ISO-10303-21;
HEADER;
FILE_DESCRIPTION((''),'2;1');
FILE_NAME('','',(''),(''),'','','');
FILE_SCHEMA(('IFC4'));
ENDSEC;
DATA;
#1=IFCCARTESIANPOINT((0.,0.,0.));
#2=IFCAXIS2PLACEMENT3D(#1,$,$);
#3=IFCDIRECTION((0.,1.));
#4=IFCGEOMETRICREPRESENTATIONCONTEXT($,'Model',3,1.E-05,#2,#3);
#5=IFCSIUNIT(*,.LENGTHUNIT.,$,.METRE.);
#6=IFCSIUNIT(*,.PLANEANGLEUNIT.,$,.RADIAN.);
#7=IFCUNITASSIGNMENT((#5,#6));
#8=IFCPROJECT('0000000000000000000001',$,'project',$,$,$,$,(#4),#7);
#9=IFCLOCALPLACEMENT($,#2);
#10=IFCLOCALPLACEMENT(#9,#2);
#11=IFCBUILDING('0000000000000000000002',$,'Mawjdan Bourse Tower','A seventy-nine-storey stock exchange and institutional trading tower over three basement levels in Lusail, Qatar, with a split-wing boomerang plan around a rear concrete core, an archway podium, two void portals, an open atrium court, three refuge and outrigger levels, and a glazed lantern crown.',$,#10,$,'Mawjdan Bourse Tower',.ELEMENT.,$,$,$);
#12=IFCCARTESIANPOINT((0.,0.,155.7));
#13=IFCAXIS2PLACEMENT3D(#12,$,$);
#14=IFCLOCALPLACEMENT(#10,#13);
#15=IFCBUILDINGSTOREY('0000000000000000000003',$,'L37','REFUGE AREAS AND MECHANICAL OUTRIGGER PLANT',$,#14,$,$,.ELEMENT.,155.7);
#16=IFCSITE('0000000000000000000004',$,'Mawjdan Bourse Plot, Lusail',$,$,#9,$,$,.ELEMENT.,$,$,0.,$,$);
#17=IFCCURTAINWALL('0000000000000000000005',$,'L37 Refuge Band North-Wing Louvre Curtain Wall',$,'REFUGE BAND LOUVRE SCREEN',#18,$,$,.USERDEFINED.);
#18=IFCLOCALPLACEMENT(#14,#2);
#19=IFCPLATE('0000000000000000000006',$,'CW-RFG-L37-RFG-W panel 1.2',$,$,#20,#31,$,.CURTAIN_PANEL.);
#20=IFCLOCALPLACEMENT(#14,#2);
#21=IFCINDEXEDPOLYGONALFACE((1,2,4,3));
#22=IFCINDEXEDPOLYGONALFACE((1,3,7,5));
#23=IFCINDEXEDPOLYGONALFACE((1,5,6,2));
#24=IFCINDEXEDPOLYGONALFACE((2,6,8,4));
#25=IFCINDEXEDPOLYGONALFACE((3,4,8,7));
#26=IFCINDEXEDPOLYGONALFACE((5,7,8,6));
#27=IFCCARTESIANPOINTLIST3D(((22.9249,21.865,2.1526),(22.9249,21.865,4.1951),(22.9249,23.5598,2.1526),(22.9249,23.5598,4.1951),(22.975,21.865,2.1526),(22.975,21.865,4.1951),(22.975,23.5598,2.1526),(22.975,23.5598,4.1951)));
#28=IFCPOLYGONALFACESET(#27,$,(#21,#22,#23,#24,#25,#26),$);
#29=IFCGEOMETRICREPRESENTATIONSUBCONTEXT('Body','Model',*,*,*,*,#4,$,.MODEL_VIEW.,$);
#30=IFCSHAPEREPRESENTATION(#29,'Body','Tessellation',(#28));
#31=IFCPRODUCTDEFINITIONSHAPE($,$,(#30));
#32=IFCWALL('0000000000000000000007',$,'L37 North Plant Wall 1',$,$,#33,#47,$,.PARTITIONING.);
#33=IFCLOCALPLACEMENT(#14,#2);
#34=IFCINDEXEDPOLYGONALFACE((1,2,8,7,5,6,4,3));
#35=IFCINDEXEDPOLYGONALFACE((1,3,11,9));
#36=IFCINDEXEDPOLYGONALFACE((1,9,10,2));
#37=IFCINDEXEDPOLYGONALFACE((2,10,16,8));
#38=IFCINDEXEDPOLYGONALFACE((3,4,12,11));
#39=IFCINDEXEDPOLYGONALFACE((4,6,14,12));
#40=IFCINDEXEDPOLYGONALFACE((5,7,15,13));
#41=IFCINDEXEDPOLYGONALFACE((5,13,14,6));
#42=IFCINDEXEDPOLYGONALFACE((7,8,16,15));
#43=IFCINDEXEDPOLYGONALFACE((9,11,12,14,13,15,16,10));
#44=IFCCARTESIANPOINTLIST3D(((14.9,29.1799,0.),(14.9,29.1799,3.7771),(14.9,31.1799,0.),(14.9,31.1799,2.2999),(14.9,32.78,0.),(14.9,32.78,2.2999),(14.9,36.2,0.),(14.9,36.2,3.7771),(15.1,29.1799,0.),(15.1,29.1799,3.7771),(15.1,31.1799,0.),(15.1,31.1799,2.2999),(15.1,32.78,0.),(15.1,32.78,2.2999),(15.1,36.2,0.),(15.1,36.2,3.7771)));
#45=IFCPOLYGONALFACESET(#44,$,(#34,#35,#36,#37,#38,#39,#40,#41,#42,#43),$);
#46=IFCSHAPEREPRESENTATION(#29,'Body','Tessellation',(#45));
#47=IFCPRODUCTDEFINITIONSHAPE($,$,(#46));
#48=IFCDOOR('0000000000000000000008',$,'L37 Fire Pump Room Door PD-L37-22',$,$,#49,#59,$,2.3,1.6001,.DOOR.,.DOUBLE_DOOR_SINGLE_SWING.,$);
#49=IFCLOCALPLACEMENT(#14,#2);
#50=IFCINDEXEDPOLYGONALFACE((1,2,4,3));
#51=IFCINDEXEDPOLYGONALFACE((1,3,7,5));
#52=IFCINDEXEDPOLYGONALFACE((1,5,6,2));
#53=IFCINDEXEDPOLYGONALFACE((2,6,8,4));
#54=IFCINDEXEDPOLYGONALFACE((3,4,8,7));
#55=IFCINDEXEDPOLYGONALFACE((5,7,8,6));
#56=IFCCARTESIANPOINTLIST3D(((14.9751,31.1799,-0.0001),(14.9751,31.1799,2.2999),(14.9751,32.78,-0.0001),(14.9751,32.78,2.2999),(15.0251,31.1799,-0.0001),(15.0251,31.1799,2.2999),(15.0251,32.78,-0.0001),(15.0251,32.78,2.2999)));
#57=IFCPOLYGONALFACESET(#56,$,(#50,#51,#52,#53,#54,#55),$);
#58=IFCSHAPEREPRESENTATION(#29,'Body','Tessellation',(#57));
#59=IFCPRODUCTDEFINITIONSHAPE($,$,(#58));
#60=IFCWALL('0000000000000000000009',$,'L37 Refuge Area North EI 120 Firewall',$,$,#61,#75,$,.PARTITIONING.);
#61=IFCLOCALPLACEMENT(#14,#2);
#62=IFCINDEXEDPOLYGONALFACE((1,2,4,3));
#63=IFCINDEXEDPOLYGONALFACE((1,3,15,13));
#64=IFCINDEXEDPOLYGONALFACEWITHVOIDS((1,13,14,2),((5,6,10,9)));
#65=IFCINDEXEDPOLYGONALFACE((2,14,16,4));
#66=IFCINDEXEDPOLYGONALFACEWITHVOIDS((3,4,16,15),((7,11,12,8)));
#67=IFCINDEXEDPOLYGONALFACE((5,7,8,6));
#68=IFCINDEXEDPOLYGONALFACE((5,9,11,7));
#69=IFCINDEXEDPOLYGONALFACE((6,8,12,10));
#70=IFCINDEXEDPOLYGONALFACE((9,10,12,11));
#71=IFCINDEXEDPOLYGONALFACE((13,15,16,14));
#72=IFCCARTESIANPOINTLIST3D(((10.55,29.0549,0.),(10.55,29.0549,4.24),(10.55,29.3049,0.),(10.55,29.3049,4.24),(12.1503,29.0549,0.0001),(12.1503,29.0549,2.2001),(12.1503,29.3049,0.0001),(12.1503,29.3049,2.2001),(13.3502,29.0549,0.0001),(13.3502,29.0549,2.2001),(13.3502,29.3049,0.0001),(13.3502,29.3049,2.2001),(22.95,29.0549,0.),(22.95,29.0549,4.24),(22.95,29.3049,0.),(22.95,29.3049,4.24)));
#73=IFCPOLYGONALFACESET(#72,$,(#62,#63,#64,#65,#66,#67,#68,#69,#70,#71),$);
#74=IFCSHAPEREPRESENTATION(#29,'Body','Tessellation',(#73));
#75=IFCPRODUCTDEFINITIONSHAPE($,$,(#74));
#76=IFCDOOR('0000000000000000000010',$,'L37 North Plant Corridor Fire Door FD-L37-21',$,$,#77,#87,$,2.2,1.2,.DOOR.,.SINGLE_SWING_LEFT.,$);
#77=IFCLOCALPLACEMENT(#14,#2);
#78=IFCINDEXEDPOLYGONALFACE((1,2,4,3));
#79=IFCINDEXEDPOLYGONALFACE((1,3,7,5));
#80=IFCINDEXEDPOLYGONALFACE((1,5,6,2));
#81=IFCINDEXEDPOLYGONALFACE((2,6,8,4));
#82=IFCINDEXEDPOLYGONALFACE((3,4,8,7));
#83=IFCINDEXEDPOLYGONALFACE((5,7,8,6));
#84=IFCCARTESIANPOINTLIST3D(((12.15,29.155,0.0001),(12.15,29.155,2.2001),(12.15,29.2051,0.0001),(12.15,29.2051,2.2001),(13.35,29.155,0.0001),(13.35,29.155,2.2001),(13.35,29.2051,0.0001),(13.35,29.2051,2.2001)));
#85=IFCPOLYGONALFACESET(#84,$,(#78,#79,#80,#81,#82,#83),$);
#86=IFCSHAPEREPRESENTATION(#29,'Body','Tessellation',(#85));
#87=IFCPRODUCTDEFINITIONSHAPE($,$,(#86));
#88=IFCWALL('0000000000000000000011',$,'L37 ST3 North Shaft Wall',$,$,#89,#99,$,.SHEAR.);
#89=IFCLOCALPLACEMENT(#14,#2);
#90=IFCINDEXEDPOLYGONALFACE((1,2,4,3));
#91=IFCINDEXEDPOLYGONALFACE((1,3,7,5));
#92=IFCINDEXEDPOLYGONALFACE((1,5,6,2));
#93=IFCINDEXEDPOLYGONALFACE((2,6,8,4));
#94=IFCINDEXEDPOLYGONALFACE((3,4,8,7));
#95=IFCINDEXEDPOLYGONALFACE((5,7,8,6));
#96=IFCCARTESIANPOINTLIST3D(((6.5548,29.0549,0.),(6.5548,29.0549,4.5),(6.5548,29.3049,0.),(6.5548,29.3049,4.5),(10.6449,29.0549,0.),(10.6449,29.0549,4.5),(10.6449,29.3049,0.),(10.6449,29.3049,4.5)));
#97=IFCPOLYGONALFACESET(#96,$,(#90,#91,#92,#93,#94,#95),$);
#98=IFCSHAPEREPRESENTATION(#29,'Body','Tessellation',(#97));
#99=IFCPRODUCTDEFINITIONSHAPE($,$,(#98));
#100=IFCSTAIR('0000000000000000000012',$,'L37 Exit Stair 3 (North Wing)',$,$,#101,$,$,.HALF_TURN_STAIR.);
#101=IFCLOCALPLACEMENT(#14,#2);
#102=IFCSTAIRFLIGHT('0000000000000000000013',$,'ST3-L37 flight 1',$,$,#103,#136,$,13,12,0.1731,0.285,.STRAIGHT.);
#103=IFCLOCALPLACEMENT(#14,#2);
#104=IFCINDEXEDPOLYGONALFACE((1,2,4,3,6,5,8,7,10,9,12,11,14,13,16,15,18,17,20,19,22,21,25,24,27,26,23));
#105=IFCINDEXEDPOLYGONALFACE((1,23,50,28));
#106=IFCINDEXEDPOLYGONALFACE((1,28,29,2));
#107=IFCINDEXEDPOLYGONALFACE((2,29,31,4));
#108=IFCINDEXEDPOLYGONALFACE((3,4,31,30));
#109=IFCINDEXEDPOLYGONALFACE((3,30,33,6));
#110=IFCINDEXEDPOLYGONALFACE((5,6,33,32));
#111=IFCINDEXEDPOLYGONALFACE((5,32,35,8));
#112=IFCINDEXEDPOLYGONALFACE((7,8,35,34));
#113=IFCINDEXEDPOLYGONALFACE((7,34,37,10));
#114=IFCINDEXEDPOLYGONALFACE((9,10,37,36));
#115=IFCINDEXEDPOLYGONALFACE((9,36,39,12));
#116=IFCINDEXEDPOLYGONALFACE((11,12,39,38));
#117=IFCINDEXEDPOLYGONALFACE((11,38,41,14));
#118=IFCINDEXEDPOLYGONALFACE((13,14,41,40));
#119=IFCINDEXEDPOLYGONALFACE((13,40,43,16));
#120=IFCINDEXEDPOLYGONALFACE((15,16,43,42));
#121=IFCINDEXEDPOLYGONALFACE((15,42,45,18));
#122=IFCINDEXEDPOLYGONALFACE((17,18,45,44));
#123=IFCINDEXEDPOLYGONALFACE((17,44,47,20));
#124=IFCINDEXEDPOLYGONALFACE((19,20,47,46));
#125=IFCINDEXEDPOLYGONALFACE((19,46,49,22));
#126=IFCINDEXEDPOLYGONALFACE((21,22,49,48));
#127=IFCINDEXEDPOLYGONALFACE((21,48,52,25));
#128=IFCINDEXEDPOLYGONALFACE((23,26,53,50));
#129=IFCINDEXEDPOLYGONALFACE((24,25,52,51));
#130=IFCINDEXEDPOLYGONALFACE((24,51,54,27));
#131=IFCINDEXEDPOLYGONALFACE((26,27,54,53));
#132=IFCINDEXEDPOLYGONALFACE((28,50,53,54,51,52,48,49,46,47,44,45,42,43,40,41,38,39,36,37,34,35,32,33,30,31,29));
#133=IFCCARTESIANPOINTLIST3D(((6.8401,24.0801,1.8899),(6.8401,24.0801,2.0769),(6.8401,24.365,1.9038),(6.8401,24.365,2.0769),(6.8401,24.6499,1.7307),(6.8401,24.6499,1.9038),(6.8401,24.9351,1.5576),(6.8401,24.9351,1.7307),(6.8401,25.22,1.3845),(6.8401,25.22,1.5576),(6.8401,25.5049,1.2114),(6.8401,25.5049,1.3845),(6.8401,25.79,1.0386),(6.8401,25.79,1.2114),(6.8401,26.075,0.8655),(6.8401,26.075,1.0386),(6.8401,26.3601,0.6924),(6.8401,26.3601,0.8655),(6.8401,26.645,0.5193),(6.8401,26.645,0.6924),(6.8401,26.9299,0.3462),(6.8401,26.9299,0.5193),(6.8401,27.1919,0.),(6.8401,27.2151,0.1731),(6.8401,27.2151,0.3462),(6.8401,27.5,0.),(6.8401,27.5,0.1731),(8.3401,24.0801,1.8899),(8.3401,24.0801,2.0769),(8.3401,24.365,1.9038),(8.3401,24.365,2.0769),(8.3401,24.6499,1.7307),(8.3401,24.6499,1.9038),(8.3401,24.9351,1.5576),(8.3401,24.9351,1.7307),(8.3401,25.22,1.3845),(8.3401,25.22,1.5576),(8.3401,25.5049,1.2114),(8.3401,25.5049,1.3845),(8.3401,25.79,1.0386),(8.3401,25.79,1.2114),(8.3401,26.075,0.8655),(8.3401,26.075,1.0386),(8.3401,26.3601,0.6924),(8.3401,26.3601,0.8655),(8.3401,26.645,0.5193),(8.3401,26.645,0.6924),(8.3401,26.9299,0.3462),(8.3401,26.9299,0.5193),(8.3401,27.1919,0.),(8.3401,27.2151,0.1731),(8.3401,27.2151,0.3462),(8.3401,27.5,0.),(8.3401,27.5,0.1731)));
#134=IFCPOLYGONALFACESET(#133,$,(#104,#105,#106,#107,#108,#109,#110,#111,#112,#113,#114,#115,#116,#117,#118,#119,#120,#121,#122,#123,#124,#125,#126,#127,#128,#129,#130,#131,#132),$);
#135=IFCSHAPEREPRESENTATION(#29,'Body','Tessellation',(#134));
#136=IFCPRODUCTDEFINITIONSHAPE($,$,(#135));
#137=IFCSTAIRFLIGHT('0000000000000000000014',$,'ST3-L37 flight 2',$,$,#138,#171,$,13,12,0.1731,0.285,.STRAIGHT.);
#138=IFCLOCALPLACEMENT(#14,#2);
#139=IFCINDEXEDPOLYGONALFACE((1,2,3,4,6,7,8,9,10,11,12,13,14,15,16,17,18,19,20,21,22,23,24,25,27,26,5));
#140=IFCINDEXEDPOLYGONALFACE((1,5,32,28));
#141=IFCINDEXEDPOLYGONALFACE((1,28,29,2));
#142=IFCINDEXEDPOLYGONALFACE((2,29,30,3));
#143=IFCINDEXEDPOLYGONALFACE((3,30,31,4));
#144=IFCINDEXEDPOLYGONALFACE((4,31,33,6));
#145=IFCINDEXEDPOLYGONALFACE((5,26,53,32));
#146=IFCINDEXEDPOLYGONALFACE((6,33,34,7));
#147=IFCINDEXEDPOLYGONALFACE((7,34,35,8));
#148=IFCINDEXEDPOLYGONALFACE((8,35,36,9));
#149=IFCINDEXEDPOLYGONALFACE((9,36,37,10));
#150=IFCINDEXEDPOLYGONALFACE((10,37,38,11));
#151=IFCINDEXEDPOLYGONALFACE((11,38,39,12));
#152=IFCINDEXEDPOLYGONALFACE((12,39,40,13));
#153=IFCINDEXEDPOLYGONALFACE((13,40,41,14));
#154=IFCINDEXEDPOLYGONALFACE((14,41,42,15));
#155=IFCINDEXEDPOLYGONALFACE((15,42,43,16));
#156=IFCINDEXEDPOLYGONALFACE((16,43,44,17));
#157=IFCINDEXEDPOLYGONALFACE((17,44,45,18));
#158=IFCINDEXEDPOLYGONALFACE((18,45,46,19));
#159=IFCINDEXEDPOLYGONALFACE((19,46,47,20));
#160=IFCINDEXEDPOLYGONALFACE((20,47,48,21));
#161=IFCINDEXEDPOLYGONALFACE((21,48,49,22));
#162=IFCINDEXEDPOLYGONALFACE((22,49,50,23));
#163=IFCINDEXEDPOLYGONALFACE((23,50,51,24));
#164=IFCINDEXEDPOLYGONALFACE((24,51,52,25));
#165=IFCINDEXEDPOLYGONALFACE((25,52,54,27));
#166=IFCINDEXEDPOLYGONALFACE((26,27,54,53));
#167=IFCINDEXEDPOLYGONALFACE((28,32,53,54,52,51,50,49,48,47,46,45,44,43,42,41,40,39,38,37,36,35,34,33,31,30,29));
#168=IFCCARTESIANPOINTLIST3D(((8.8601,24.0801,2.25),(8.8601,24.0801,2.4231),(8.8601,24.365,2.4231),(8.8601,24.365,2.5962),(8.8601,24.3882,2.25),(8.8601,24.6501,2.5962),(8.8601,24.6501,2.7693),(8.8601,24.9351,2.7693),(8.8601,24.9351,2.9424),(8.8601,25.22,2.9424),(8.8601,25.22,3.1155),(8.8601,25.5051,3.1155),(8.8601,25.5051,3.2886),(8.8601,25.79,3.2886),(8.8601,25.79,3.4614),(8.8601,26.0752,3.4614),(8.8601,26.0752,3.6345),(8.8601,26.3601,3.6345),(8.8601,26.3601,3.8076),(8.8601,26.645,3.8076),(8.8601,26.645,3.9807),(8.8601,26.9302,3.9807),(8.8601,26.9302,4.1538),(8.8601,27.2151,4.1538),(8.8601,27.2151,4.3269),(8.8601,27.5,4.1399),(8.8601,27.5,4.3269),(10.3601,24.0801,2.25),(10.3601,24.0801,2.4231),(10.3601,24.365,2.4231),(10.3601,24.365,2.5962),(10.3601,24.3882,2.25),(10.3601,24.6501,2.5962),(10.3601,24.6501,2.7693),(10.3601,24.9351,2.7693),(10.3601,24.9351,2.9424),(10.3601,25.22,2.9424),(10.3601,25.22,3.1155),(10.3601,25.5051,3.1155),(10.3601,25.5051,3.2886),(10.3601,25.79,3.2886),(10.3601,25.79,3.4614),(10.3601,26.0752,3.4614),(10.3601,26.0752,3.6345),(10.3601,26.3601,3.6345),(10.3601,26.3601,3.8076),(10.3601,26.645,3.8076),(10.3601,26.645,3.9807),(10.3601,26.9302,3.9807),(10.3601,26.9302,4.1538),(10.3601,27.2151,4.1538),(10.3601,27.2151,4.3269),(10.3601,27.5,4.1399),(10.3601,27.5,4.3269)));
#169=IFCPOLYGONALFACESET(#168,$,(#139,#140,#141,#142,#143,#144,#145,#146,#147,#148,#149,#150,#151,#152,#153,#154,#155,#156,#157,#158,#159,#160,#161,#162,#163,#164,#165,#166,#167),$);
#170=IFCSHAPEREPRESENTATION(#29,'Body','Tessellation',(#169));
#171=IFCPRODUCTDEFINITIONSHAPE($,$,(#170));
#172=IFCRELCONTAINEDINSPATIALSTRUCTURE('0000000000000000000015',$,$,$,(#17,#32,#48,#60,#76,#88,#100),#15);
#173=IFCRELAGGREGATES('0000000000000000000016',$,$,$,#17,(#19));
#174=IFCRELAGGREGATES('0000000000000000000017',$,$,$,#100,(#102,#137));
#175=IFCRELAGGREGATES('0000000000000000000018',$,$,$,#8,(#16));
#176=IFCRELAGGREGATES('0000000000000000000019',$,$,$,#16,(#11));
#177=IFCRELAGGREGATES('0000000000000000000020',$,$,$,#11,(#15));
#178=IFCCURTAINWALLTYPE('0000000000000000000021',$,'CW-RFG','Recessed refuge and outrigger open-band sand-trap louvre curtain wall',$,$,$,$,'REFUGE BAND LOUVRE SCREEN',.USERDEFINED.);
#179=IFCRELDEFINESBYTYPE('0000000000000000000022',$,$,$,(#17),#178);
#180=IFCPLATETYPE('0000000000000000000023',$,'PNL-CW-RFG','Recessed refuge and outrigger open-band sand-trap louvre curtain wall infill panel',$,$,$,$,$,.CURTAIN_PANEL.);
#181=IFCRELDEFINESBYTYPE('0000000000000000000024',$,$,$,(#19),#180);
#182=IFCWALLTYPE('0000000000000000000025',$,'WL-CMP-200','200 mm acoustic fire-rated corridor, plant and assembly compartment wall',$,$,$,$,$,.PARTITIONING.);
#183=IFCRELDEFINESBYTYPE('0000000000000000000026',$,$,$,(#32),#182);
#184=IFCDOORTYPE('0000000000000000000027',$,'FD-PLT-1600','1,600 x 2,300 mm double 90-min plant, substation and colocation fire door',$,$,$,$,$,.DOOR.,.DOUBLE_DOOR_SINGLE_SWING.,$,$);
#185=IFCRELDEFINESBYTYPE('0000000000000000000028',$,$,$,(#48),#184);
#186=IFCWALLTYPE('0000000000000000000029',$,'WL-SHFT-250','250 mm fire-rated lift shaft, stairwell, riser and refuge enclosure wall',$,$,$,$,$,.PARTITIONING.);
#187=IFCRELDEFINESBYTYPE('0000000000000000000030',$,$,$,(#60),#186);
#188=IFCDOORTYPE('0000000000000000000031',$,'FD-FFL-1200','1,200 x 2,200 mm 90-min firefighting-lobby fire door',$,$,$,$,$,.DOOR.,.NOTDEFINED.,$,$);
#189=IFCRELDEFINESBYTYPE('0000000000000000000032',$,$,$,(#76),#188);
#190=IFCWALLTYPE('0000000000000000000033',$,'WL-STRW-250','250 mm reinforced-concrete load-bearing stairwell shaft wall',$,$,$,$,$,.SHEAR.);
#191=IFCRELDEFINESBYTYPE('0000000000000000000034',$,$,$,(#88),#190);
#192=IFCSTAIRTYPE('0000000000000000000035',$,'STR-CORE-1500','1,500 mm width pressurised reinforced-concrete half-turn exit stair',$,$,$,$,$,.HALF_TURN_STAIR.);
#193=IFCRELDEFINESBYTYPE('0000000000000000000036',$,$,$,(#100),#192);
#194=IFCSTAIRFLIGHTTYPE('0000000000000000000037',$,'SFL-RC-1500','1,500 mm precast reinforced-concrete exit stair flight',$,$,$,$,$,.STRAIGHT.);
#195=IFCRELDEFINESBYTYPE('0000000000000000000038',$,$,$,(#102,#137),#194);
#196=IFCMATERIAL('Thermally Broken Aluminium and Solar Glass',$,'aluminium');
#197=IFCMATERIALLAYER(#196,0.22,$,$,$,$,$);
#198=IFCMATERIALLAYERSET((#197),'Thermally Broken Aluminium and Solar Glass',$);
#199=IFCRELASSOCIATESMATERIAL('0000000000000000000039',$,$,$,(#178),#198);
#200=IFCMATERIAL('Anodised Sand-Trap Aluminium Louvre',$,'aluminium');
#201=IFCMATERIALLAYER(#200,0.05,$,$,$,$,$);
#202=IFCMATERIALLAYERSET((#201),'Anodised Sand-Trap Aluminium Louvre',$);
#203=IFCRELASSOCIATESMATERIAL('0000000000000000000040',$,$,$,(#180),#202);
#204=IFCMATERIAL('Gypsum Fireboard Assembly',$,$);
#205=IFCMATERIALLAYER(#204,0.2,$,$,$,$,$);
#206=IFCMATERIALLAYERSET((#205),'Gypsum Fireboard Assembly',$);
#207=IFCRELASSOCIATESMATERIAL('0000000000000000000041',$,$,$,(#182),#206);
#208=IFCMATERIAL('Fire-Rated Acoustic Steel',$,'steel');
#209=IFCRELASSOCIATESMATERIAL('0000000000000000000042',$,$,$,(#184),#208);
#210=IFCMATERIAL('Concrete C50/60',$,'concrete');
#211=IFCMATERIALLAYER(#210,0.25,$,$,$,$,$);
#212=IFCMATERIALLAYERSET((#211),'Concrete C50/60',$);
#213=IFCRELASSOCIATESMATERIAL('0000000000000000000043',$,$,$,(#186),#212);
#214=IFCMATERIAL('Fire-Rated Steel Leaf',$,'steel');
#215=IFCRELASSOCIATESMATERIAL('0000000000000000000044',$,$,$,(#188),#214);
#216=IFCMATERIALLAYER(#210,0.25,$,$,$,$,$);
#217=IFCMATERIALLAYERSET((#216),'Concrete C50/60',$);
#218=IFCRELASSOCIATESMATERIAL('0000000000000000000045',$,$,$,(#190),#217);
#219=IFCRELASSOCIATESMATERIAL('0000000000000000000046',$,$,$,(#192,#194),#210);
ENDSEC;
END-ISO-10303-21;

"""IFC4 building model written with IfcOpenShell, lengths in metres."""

from ifc_helpers import new_model, si_unit, direction, frame, frame_2d, origin, origin_2d, place, context, subcontext, project, spatial, polyline, rectangle, outline, extrude, material, layer, layer_set, type_object, element, fill, aggregate, save


model = new_model("IFC4")

# Units and contexts
model_context = context("Model", 3, precision=1e-05, world=origin(), true_north=direction((0.0, 1.0)))
body_context = subcontext(model_context, "Body", "Model", "MODEL_VIEW")
ifc_project = project(units=[si_unit("LENGTHUNIT", "METRE"), si_unit("PLANEANGLEUNIT", "RADIAN")], contexts=[model_context])

# Site, building, storey
site_placement = place(None, origin())
site = spatial("IfcSite", under=ifc_project, at=site_placement, Name="Mawjdan Bourse Plot, Lusail", CompositionType="ELEMENT", RefElevation=0.0)
building_placement = place(site_placement, origin())
building = spatial("IfcBuilding", under=site, at=building_placement, Name="Mawjdan Bourse Tower", Description="A seventy-nine-storey stock exchange and institutional trading tower over three basement levels in Lusail, Qatar, with a split-wing boomerang plan around a rear concrete core, an archway podium, two void portals, an open atrium court, three refuge and outrigger levels, and a glazed lantern crown.", LongName="Mawjdan Bourse Tower", CompositionType="ELEMENT")
storey_placement = place(building_placement, frame((0.0, 0.0, 155.7)))
storey = spatial("IfcBuildingStorey", under=building, at=storey_placement, Name="L37", Description="REFUGE AREAS AND MECHANICAL OUTRIGGER PLANT", CompositionType="ELEMENT", Elevation=155.7)

# Curtain wall
ifc_material_1 = material(Name="Thermally Broken Aluminium and Solar Glass", Category="aluminium")
ifc_layer_1 = layer(ifc_material_1, 0.22)
ifc_layer_set_1 = layer_set([ifc_layer_1], Name="Thermally Broken Aluminium and Solar Glass")
curtain_wall_type = type_object("IfcCurtainWallType", Name="CW-RFG", Description="Recessed refuge and outrigger open-band sand-trap louvre curtain wall", ElementType="REFUGE BAND LOUVRE SCREEN", PredefinedType="USERDEFINED", material=ifc_layer_set_1)
curtain_wall_placement = place(storey_placement, origin())
curtain_wall = element("IfcCurtainWall", 1, at=curtain_wall_placement, inside=storey, type_object=curtain_wall_type, Name="L37 Refuge Band North-Wing Louvre Curtain Wall", ObjectType="REFUGE BAND LOUVRE SCREEN", PredefinedType="USERDEFINED")

# Plate
ifc_material_2 = material(Name="Anodised Sand-Trap Aluminium Louvre", Category="aluminium")
ifc_layer_2 = layer(ifc_material_2, 0.05)
ifc_layer_set_2 = layer_set([ifc_layer_2], Name="Anodised Sand-Trap Aluminium Louvre")
plate_type = type_object("IfcPlateType", Name="PNL-CW-RFG", Description="Recessed refuge and outrigger open-band sand-trap louvre curtain wall infill panel", PredefinedType="CURTAIN_PANEL", material=ifc_layer_set_2)
plate_1_placement = place(storey_placement, frame((22.95, 22.7124, 2.1526), z_axis=(0.0, 0.0, 1.0), x_axis=(0.0, 1.0, 0.0)))
plate_1 = element("IfcPlate", 2, at=plate_1_placement, type_object=plate_type, Name="CW-RFG-L37-RFG-W panel 1.2", PredefinedType="CURTAIN_PANEL", context=body_context, shape_type="SweptSolid", body=[
    extrude(rectangle(XDim=1.6948, YDim=0.05, at=origin_2d()), origin(), (0.0, 0.0, 1.0), 2.0425),
])
aggregate(curtain_wall, [plate_1])

# Walls, openings, doors
ifc_material_3 = material(Name="Gypsum Fireboard Assembly")
ifc_layer_3 = layer(ifc_material_3, 0.2)
ifc_layer_set_3 = layer_set([ifc_layer_3], Name="Gypsum Fireboard Assembly")
wall_type_1 = type_object("IfcWallType", Name="WL-CMP-200", Description="200 mm acoustic fire-rated corridor, plant and assembly compartment wall", PredefinedType="PARTITIONING", material=ifc_layer_set_3)
wall_1_placement = place(storey_placement, frame((15.0, 29.1799, 0.0), z_axis=(0.0, 0.0, 1.0), x_axis=(0.0, 1.0, 0.0)))
wall_1 = element("IfcWall", 3, at=wall_1_placement, inside=storey, type_object=wall_type_1, Name="L37 North Plant Wall 1", PredefinedType="PARTITIONING", context=body_context, shape_type="SweptSolid", body=[
    extrude(rectangle(XDim=7.02, YDim=0.2, at=frame_2d((3.51, 0.0))), origin(), (0.0, 0.0, 1.0), 3.7771),
])
opening_1_placement = place(wall_1_placement, frame((2.0, 0.0, 0.0)))
opening_1 = element("IfcOpeningElement", 4, at=opening_1_placement, cuts=wall_1, PredefinedType="OPENING", context=body_context, shape_type="SweptSolid", body=[
    extrude(rectangle(XDim=1.6001, YDim=2.3, at=frame_2d((0.8, 1.1499))), frame((0.0, 0.1099, 0.0), z_axis=(0.0, -1.0, 0.0), x_axis=(1.0, 0.0, 0.0)), (0.0, 0.0, 1.0), 0.22),
])
ifc_material_4 = material(Name="Fire-Rated Acoustic Steel", Category="steel")
door_type_1 = type_object("IfcDoorType", Name="FD-PLT-1600", Description="1,600 x 2,300 mm double 90-min plant, substation and colocation fire door", OperationType="DOUBLE_DOOR_SINGLE_SWING", PredefinedType="DOOR", material=ifc_material_4)
door_1_placement = place(opening_1_placement, origin())
door_1 = element("IfcDoor", 5, at=door_1_placement, inside=storey, type_object=door_type_1, Name="L37 Fire Pump Room Door PD-L37-22", OperationType="DOUBLE_DOOR_SINGLE_SWING", OverallHeight=2.3, OverallWidth=1.6001, PredefinedType="DOOR", context=body_context, shape_type="SweptSolid", body=[
    extrude(rectangle(XDim=1.6001, YDim=2.3, at=frame_2d((0.8, 1.1499))), frame((0.0, 0.0249, 0.0), z_axis=(0.0, -1.0, 0.0), x_axis=(1.0, 0.0, 0.0)), (0.0, 0.0, 1.0), 0.05),
])
fill(opening_1, door_1)
ifc_material_5 = material(Name="Concrete C50/60", Category="concrete")
ifc_layer_4 = layer(ifc_material_5, 0.25)
ifc_layer_set_4 = layer_set([ifc_layer_4], Name="Concrete C50/60")
wall_type_2 = type_object("IfcWallType", Name="WL-SHFT-250", Description="250 mm fire-rated lift shaft, stairwell, riser and refuge enclosure wall", PredefinedType="PARTITIONING", material=ifc_layer_set_4)
wall_2_placement = place(storey_placement, frame((10.55, 29.1799, 0.0), z_axis=(0.0, 0.0, 1.0), x_axis=(1.0, 0.0, 0.0)))
wall_2 = element("IfcWall", 6, at=wall_2_placement, inside=storey, type_object=wall_type_2, Name="L37 Refuge Area North EI 120 Firewall", PredefinedType="PARTITIONING", context=body_context, shape_type="SweptSolid", body=[
    extrude(rectangle(XDim=12.3999, YDim=0.25, at=frame_2d((6.2, 0.0))), origin(), (0.0, 0.0, 1.0), 4.24),
])
opening_2_placement = place(wall_2_placement, frame((1.6001, 0.0, 0.0)))
opening_2 = element("IfcOpeningElement", 7, at=opening_2_placement, cuts=wall_2, PredefinedType="OPENING", context=body_context, shape_type="SweptSolid", body=[
    extrude(rectangle(XDim=1.2, YDim=2.2, at=frame_2d((0.6001, 1.1001))), frame((0.0, 0.135, 0.0), z_axis=(0.0, -1.0, 0.0), x_axis=(1.0, 0.0, 0.0)), (0.0, 0.0, 1.0), 0.27),
])
ifc_material_6 = material(Name="Fire-Rated Steel Leaf", Category="steel")
door_type_2 = type_object("IfcDoorType", Name="FD-FFL-1200", Description="1,200 x 2,200 mm 90-min firefighting-lobby fire door", OperationType="NOTDEFINED", PredefinedType="DOOR", material=ifc_material_6)
door_2_placement = place(opening_2_placement, frame((1.2, 0.0, 0.0), z_axis=(0.0, 0.0, 1.0), x_axis=(-1.0, 0.0, 0.0)))
door_2 = element("IfcDoor", 8, at=door_2_placement, inside=storey, type_object=door_type_2, Name="L37 North Plant Corridor Fire Door FD-L37-21", OperationType="SINGLE_SWING_LEFT", OverallHeight=2.2, OverallWidth=1.2, PredefinedType="DOOR", context=body_context, shape_type="SweptSolid", body=[
    extrude(rectangle(XDim=1.2, YDim=2.2, at=frame_2d((0.6001, 1.1001))), frame((0.0, 0.0249, 0.0), z_axis=(0.0, -1.0, 0.0), x_axis=(1.0, 0.0, 0.0)), (0.0, 0.0, 1.0), 0.05),
])
fill(opening_2, door_2)

# Wall
ifc_layer_5 = layer(ifc_material_5, 0.25)
ifc_layer_set_5 = layer_set([ifc_layer_5], Name="Concrete C50/60")
wall_type_3 = type_object("IfcWallType", Name="WL-STRW-250", Description="250 mm reinforced-concrete load-bearing stairwell shaft wall", PredefinedType="SHEAR", material=ifc_layer_set_5)
wall_3_placement = place(storey_placement, frame((6.5549, 29.1799, 0.0), z_axis=(0.0, 0.0, 1.0), x_axis=(1.0, 0.0, 0.0)))
element("IfcWall", 9, at=wall_3_placement, inside=storey, type_object=wall_type_3, Name="L37 ST3 North Shaft Wall", PredefinedType="SHEAR", context=body_context, shape_type="SweptSolid", body=[
    extrude(rectangle(XDim=4.0901, YDim=0.25, at=frame_2d((2.0449, 0.0))), origin(), (0.0, 0.0, 1.0), 4.5),
])

# Stair, stair flights
stair_type = type_object("IfcStairType", Name="STR-CORE-1500", Description="1,500 mm width pressurised reinforced-concrete half-turn exit stair", PredefinedType="HALF_TURN_STAIR", material=ifc_material_5)
stair_placement = place(storey_placement, origin())
stair = element("IfcStair", 10, at=stair_placement, inside=storey, type_object=stair_type, Name="L37 Exit Stair 3 (North Wing)", PredefinedType="HALF_TURN_STAIR")
stair_flight_type = type_object("IfcStairFlightType", Name="SFL-RC-1500", Description="1,500 mm precast reinforced-concrete exit stair flight", PredefinedType="STRAIGHT", material=ifc_material_5)
stair_flight_1_placement = place(storey_placement, frame((7.5901, 27.5, 0.0), z_axis=(0.0, 0.0, 1.0), x_axis=(0.0, -1.0, 0.0)))
stair_flight_1 = element("IfcStairFlight", 11, at=stair_flight_1_placement, type_object=stair_flight_type, Name="ST3-L37 flight 1", NumberOfRisers=13, NumberOfTreads=12, PredefinedType="STRAIGHT", RiserHeight=0.1731, TreadLength=0.285, context=body_context, shape_type="SweptSolid", body=[
    extrude(outline(polyline([(0.0, 0.0), (0.0, 0.1731), (0.2849, 0.1731), (0.2849, 0.3462), (0.5701, 0.3462), (0.5701, 0.5193), (0.855, 0.5193), (0.855, 0.6924), (1.1399, 0.6924), (1.1399, 0.8655), (1.425, 0.8655), (1.425, 1.0386), (1.71, 1.0386), (1.71, 1.2114), (1.9951, 1.2114), (1.9951, 1.3845), (2.28, 1.3845), (2.28, 1.5576), (2.5649, 1.5576), (2.5649, 1.7307), (2.8501, 1.7307), (2.8501, 1.9038), (3.135, 1.9038), (3.135, 2.0769), (3.4199, 2.0769), (3.4199, 2.25), (3.4199, 1.8899), (0.3081, 0.0), (0.0, 0.0)])), frame((0.0, 0.75, 0.0), z_axis=(0.0, -1.0, 0.0), x_axis=(1.0, 0.0, 0.0)), (0.0, 0.0, 1.0), 1.5),
])
stair_flight_2_placement = place(storey_placement, frame((9.6101, 24.0801, 2.25), z_axis=(0.0, 0.0, 1.0), x_axis=(0.0, 1.0, 0.0)))
stair_flight_2 = element("IfcStairFlight", 12, at=stair_flight_2_placement, type_object=stair_flight_type, Name="ST3-L37 flight 2", NumberOfRisers=13, NumberOfTreads=12, PredefinedType="STRAIGHT", RiserHeight=0.1731, TreadLength=0.285, context=body_context, shape_type="SweptSolid", body=[
    extrude(outline(polyline([(0.0, 0.0), (0.0, 0.1731), (0.2849, 0.1731), (0.2849, 0.3462), (0.5701, 0.3462), (0.5701, 0.5193), (0.855, 0.5193), (0.855, 0.6924), (1.1399, 0.6924), (1.1399, 0.8655), (1.425, 0.8655), (1.425, 1.0386), (1.71, 1.0386), (1.71, 1.2114), (1.9951, 1.2114), (1.9951, 1.3845), (2.28, 1.3845), (2.28, 1.5576), (2.5649, 1.5576), (2.5649, 1.7307), (2.8501, 1.7307), (2.8501, 1.9038), (3.135, 1.9038), (3.135, 2.0769), (3.4199, 2.0769), (3.4199, 2.25), (3.4199, 1.8899), (0.3081, 0.0), (0.0, 0.0)])), frame((0.0, 0.75, 0.0), z_axis=(0.0, -1.0, 0.0), x_axis=(1.0, 0.0, 0.0)), (0.0, 0.0, 1.0), 1.5),
])
aggregate(stair, [stair_flight_1, stair_flight_2])

save(model, "model.ifc")
